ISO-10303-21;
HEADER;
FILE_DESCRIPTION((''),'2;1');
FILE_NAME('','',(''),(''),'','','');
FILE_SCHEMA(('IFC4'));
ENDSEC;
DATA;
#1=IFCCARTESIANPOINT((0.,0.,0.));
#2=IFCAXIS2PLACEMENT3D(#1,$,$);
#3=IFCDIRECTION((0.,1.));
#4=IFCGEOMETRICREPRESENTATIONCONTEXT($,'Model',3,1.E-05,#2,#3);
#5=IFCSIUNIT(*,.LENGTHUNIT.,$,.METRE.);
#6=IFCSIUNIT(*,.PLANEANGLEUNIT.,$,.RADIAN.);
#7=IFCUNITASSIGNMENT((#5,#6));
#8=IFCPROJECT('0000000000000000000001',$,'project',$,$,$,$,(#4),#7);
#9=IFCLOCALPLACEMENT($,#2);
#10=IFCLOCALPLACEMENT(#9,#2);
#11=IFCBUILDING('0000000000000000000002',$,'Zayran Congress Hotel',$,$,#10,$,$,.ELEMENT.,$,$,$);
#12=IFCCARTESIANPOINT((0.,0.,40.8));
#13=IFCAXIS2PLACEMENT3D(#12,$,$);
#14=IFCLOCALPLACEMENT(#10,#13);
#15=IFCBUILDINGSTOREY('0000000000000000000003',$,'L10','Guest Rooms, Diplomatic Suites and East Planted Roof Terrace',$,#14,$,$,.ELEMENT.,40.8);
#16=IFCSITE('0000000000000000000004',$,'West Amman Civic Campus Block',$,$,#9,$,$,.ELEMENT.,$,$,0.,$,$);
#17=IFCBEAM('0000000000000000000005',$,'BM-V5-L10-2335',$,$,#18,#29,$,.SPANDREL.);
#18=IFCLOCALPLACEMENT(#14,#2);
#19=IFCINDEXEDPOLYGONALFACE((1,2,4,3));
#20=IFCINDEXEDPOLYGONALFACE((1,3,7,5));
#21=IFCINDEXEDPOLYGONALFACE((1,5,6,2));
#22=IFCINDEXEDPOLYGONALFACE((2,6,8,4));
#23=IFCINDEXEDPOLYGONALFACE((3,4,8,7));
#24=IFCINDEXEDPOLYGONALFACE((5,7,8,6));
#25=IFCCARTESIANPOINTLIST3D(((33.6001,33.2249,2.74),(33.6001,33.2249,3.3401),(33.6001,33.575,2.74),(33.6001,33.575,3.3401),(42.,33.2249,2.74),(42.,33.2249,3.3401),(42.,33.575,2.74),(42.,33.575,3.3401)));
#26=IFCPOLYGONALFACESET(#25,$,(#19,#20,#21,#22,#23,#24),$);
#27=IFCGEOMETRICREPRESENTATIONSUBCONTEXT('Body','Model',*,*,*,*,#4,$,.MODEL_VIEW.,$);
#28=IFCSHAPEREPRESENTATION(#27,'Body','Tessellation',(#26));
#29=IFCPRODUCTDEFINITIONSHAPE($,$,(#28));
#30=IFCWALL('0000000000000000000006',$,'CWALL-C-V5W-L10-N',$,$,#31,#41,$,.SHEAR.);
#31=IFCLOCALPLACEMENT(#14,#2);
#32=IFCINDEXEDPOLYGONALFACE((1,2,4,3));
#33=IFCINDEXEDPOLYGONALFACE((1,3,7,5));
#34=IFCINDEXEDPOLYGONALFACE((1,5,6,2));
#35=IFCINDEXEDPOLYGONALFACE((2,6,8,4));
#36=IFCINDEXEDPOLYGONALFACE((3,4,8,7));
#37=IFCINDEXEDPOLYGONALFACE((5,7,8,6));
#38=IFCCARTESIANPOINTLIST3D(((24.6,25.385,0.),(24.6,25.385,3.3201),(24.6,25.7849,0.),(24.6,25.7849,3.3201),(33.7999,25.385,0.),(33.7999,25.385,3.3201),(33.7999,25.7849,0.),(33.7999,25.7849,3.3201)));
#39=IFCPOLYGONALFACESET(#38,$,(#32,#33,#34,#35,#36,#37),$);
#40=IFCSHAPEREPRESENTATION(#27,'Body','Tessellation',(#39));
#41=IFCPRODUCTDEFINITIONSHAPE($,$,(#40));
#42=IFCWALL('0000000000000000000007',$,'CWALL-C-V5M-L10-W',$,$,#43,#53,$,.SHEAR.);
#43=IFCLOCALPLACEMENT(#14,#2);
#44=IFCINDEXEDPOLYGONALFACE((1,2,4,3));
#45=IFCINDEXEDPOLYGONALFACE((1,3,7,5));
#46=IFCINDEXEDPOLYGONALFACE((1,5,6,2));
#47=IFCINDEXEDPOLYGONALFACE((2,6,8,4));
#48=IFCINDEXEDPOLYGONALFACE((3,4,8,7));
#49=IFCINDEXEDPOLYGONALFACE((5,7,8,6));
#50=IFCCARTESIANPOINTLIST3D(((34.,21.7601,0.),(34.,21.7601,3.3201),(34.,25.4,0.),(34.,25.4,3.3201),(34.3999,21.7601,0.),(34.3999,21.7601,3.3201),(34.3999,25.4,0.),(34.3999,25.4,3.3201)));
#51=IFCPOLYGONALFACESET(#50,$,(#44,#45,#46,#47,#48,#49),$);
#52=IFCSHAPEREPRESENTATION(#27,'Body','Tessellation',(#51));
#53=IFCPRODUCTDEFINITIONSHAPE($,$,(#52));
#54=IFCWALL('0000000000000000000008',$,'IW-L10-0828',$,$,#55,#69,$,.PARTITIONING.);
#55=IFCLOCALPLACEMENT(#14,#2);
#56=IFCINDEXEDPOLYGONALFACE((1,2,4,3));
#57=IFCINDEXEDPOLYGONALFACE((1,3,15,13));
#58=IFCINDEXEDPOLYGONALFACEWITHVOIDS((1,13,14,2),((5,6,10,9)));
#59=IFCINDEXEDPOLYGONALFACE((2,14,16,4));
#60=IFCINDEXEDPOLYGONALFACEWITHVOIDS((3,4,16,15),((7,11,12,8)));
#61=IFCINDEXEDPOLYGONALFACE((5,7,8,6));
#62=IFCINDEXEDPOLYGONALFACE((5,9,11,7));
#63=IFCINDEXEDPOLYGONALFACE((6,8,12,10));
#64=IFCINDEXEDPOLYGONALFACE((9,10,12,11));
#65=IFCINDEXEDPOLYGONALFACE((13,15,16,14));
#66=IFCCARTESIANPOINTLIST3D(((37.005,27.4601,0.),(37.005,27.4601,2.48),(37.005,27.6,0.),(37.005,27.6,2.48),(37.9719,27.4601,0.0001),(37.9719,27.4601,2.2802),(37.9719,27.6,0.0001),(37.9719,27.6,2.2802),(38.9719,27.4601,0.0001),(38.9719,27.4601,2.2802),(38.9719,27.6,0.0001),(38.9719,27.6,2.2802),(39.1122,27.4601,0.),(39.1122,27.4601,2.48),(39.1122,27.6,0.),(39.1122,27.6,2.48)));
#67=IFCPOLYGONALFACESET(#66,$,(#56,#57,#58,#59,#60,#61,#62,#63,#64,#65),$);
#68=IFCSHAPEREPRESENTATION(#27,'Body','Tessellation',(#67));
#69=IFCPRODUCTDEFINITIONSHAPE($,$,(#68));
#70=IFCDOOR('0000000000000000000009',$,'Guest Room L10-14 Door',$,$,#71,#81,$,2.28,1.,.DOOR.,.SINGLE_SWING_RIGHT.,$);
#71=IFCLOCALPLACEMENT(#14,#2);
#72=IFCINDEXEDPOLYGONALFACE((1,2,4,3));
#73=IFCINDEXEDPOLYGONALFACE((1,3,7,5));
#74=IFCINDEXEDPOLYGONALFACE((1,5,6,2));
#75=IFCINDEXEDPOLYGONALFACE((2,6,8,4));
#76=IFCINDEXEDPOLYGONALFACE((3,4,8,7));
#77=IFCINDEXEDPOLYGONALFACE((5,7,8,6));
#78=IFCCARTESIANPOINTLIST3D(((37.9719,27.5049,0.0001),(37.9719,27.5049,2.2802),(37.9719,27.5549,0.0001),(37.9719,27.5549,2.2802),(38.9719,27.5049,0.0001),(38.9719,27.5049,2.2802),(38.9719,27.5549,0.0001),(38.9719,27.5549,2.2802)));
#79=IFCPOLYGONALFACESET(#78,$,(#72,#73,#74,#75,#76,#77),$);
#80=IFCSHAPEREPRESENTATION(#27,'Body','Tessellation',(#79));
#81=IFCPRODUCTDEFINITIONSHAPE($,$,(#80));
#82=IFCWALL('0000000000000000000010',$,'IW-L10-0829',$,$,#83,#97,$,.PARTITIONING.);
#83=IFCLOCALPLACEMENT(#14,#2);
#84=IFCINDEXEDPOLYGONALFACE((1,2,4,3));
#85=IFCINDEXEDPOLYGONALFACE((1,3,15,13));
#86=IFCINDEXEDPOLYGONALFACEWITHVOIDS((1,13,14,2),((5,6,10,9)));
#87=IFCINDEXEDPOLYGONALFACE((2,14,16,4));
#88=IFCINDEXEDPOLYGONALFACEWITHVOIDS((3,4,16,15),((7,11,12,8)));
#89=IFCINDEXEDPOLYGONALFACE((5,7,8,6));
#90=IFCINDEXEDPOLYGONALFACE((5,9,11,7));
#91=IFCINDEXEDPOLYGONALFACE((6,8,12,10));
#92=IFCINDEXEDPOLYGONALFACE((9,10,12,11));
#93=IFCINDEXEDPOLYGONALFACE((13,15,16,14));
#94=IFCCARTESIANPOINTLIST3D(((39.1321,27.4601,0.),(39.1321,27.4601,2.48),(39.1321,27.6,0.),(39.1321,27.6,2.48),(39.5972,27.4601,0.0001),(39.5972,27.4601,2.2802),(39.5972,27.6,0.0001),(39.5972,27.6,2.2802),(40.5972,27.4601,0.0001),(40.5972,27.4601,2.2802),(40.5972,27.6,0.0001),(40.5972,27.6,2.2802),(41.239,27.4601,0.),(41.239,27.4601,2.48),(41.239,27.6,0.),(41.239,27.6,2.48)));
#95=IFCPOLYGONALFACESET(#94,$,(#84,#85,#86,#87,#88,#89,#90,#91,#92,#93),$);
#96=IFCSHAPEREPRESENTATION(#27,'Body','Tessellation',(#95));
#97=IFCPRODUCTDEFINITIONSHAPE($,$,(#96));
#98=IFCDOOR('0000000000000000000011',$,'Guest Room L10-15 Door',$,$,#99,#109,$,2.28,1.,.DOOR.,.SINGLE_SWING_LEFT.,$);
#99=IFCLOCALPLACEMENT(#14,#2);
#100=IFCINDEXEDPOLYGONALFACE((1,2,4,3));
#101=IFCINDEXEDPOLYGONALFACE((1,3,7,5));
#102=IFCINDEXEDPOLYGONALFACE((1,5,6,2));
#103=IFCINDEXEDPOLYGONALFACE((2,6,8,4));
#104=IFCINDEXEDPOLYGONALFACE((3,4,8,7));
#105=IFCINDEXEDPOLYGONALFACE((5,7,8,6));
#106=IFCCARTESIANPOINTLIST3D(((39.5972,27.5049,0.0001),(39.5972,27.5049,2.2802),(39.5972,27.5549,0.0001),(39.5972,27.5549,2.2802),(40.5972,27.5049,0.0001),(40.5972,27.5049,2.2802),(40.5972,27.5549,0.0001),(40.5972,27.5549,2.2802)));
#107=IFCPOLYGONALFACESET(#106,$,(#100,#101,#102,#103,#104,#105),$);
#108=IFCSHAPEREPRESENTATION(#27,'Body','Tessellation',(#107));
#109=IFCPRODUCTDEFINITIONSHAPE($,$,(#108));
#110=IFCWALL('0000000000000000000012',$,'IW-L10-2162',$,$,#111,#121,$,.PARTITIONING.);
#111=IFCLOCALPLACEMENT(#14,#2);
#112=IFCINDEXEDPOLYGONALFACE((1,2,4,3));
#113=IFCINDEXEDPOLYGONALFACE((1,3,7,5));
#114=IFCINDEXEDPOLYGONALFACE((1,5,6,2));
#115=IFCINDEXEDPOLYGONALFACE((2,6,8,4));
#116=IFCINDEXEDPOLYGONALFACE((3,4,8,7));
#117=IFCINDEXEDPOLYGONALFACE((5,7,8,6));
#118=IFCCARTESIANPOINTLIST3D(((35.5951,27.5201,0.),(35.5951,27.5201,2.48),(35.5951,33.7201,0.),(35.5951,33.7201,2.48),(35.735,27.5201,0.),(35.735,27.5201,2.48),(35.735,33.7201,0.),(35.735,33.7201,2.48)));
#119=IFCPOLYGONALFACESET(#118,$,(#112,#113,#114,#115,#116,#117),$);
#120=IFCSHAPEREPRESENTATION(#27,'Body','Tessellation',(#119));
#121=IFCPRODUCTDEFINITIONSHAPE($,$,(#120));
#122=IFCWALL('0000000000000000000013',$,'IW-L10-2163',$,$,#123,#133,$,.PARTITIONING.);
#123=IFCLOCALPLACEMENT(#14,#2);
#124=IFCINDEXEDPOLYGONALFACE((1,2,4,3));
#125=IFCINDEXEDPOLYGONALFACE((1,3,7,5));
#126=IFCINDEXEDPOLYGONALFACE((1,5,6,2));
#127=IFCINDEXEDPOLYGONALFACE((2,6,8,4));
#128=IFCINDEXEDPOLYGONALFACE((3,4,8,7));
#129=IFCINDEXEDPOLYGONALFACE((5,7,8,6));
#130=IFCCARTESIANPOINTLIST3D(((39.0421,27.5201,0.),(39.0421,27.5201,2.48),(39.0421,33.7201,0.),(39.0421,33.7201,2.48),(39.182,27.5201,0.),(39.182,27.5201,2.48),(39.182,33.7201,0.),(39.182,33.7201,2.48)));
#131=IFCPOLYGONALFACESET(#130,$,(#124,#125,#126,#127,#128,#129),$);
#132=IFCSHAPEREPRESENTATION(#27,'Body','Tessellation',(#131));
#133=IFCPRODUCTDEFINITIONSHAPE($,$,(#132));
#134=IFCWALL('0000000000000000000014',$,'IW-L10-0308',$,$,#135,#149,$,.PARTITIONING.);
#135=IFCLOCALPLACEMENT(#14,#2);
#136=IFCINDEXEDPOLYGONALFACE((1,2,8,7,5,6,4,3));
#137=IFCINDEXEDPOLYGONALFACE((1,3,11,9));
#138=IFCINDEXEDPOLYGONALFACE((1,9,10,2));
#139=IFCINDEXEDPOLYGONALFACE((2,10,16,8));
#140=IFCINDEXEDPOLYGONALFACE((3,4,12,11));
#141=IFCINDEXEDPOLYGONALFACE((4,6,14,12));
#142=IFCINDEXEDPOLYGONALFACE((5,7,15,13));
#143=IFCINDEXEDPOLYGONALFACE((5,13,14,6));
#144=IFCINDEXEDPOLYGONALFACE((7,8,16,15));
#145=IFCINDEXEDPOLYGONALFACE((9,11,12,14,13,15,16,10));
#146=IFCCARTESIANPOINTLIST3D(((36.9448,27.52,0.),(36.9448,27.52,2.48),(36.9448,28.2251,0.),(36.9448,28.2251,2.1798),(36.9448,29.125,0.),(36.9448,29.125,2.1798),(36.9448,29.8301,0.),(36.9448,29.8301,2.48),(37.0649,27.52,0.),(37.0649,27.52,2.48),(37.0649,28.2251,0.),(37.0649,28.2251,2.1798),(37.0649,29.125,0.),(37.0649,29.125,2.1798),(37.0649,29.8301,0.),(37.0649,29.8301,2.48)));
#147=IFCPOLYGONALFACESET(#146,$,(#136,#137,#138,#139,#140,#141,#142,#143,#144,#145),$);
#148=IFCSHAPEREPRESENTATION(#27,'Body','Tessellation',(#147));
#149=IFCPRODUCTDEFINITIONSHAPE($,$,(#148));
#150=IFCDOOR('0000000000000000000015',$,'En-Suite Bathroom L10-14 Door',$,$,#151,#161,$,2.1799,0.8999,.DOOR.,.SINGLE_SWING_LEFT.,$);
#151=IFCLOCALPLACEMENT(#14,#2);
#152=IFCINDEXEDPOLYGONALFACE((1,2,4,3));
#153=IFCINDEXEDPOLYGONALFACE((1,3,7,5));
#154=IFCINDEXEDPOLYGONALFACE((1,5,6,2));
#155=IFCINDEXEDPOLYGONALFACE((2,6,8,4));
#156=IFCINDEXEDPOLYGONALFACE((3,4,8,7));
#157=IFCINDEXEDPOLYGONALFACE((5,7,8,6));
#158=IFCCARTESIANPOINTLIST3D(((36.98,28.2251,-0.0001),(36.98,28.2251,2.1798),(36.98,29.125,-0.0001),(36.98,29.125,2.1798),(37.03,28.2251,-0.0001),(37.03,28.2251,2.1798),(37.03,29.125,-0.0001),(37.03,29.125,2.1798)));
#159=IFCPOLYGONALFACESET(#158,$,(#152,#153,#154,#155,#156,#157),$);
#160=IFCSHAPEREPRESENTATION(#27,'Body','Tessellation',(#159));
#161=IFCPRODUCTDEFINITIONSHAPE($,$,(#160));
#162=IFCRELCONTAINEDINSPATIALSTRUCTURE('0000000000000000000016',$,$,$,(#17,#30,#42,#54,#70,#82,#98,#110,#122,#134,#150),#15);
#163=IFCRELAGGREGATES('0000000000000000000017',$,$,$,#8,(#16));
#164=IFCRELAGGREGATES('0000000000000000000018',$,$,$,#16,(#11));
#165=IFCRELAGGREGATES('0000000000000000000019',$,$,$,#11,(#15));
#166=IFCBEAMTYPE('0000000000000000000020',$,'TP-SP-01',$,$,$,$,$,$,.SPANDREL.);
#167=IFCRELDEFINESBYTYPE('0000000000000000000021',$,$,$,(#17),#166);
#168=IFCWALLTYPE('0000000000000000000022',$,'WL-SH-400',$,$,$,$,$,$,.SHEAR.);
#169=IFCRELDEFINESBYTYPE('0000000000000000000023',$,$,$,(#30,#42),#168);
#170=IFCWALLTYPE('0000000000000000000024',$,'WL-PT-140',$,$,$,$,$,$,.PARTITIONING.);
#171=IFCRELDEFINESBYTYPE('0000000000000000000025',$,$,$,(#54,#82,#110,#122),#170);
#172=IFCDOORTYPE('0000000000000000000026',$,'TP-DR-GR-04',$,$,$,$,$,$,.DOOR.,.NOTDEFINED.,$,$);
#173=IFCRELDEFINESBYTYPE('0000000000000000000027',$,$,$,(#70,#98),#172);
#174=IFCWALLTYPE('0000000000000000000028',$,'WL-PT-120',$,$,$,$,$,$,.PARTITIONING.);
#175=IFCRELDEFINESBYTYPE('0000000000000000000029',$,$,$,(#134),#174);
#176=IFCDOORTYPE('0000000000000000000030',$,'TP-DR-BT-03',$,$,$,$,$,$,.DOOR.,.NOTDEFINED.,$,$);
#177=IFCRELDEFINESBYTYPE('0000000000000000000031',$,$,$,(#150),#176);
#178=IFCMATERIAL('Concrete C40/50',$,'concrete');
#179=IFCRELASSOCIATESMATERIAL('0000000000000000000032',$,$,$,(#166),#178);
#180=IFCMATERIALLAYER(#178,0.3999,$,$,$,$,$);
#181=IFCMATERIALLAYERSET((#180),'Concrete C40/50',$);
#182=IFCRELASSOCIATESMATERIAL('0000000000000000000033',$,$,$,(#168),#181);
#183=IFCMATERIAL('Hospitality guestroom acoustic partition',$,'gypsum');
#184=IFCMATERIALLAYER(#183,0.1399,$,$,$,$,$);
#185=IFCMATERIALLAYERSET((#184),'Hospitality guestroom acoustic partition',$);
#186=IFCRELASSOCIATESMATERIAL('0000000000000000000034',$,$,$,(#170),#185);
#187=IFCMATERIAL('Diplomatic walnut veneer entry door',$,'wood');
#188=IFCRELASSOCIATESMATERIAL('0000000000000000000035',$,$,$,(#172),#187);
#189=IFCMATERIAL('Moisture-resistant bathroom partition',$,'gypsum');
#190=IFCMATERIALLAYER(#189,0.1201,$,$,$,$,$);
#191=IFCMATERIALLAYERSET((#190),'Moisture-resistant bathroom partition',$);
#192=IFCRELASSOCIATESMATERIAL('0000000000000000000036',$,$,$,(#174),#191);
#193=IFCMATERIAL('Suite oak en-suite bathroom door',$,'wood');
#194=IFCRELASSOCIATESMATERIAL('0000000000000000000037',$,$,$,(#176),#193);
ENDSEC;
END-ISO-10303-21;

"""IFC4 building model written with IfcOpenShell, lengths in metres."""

from ifc_helpers import new_model, si_unit, direction, frame, frame_2d, origin, origin_2d, place, context, subcontext, project, spatial, rectangle, extrude, material, layer, layer_set, material_profile, profile_set, type_object, element, fill, save


model = new_model("IFC4")

# Units and contexts
model_context = context("Model", 3, precision=1e-05, world=origin(), true_north=direction((0.0, 1.0)))
body_context = subcontext(model_context, "Body", "Model", "MODEL_VIEW")
ifc_project = project(units=[si_unit("LENGTHUNIT", "METRE"), si_unit("PLANEANGLEUNIT", "RADIAN")], contexts=[model_context])

# Site, building, storey
site_placement = place(None, origin())
site = spatial("IfcSite", under=ifc_project, at=site_placement, Name="West Amman Civic Campus Block", CompositionType="ELEMENT", RefElevation=0.0)
building_placement = place(site_placement, origin())
building = spatial("IfcBuilding", under=site, at=building_placement, Name="Zayran Congress Hotel", CompositionType="ELEMENT")
storey_placement = place(building_placement, frame((0.0, 0.0, 40.8)))
storey = spatial("IfcBuildingStorey", under=building, at=storey_placement, Name="L10", Description="Guest Rooms, Diplomatic Suites and East Planted Roof Terrace", CompositionType="ELEMENT", Elevation=40.8)

# Beam
ifc_material_1 = material(Name="Concrete C40/50", Category="concrete")
ifc_material_profile = material_profile(ifc_material_1, rectangle(XDim=0.3501, YDim=0.6001, at=origin_2d()), Name="RC 350x600")
ifc_profile_set = profile_set([ifc_material_profile], Name="Concrete C40/50")
beam_type = type_object("IfcBeamType", Name="TP-SP-01", PredefinedType="SPANDREL", material=ifc_profile_set)
beam_placement = place(storey_placement, frame((33.6001, 33.3999, 3.04), z_axis=(1.0, 0.0, 0.0), x_axis=(0.0, 1.0, 0.0)))
element("IfcBeam", 1, at=beam_placement, inside=storey, type_object=beam_type, Name="BM-V5-L10-2335", PredefinedType="SPANDREL", context=body_context, shape_type="SweptSolid", body=[
    extrude(rectangle(XDim=0.3501, YDim=0.6001, at=origin_2d()), origin(), (0.0, 0.0, 1.0), 8.3999),
])

# Walls
ifc_layer_1 = layer(ifc_material_1, 0.3999)
ifc_layer_set_1 = layer_set([ifc_layer_1], Name="Concrete C40/50")
wall_type_1 = type_object("IfcWallType", Name="WL-SH-400", PredefinedType="SHEAR", material=ifc_layer_set_1)
wall_1_placement = place(storey_placement, frame((33.8, 25.585, 0.0), z_axis=(0.0, 0.0, 1.0), x_axis=(-1.0, 0.0, 0.0)))
element("IfcWall", 2, at=wall_1_placement, inside=storey, type_object=wall_type_1, Name="CWALL-C-V5W-L10-N", PredefinedType="SHEAR", context=body_context, shape_type="SweptSolid", body=[
    extrude(rectangle(XDim=9.2, YDim=0.3999, at=frame_2d((4.6001, 0.0))), origin(), (0.0, 0.0, 1.0), 3.3201),
])
wall_2_placement = place(storey_placement, frame((34.2, 25.3999, 0.0), z_axis=(0.0, 0.0, 1.0), x_axis=(0.0, -1.0, 0.0)))
element("IfcWall", 3, at=wall_2_placement, inside=storey, type_object=wall_type_1, Name="CWALL-C-V5M-L10-W", PredefinedType="SHEAR", context=body_context, shape_type="SweptSolid", body=[
    extrude(rectangle(XDim=3.6399, YDim=0.3999, at=frame_2d((1.8198, 0.0))), origin(), (0.0, 0.0, 1.0), 3.3201),
])

# Walls, openings, doors
ifc_material_2 = material(Name="Hospitality guestroom acoustic partition", Category="gypsum")
ifc_layer_2 = layer(ifc_material_2, 0.1399)
ifc_layer_set_2 = layer_set([ifc_layer_2], Name="Hospitality guestroom acoustic partition")
wall_type_2 = type_object("IfcWallType", Name="WL-PT-140", PredefinedType="PARTITIONING", material=ifc_layer_set_2)
wall_3_placement = place(storey_placement, frame((37.0049, 27.53, 0.0), z_axis=(0.0, 0.0, 1.0), x_axis=(1.0, 0.0, 0.0)))
wall_3 = element("IfcWall", 4, at=wall_3_placement, inside=storey, type_object=wall_type_2, Name="IW-L10-0828", PredefinedType="PARTITIONING", context=body_context, shape_type="SweptSolid", body=[
    extrude(rectangle(XDim=2.1072, YDim=0.1399, at=frame_2d((1.0537, 0.0))), origin(), (0.0, 0.0, 1.0), 2.48),
])
opening_1_placement = place(wall_3_placement, frame((0.967, 0.0, 0.0)))
opening_1 = element("IfcOpeningElement", 5, at=opening_1_placement, cuts=wall_3, PredefinedType="OPENING", context=body_context, shape_type="SweptSolid", body=[
    extrude(rectangle(XDim=1.0, YDim=2.28, at=frame_2d((0.5, 1.1401))), frame((0.0, 0.0798, 0.0), z_axis=(0.0, -1.0, 0.0), x_axis=(1.0, 0.0, 0.0)), (0.0, 0.0, 1.0), 0.1599),
])
ifc_material_3 = material(Name="Diplomatic walnut veneer entry door", Category="wood")
door_type_1 = type_object("IfcDoorType", Name="TP-DR-GR-04", OperationType="NOTDEFINED", PredefinedType="DOOR", material=ifc_material_3)
door_1_placement = place(opening_1_placement, origin())
door_1 = element("IfcDoor", 6, at=door_1_placement, inside=storey, type_object=door_type_1, Name="Guest Room L10-14 Door", OperationType="SINGLE_SWING_RIGHT", OverallHeight=2.28, OverallWidth=1.0, PredefinedType="DOOR", context=body_context, shape_type="SweptSolid", body=[
    extrude(rectangle(XDim=1.0, YDim=2.28, at=frame_2d((0.5, 1.1401))), frame((0.0, 0.0249, 0.0), z_axis=(0.0, -1.0, 0.0), x_axis=(1.0, 0.0, 0.0)), (0.0, 0.0, 1.0), 0.05),
])
fill(opening_1, door_1)
wall_4_placement = place(storey_placement, frame((39.1321, 27.53, 0.0), z_axis=(0.0, 0.0, 1.0), x_axis=(1.0, 0.0, 0.0)))
wall_4 = element("IfcWall", 7, at=wall_4_placement, inside=storey, type_object=wall_type_2, Name="IW-L10-0829", PredefinedType="PARTITIONING", context=body_context, shape_type="SweptSolid", body=[
    extrude(rectangle(XDim=2.1069, YDim=0.1399, at=frame_2d((1.0535, 0.0))), origin(), (0.0, 0.0, 1.0), 2.48),
])
opening_2_placement = place(wall_4_placement, frame((0.4651, 0.0, 0.0)))
opening_2 = element("IfcOpeningElement", 8, at=opening_2_placement, cuts=wall_4, PredefinedType="OPENING", context=body_context, shape_type="SweptSolid", body=[
    extrude(rectangle(XDim=1.0, YDim=2.28, at=frame_2d((0.5, 1.1401))), frame((0.0, 0.0798, 0.0), z_axis=(0.0, -1.0, 0.0), x_axis=(1.0, 0.0, 0.0)), (0.0, 0.0, 1.0), 0.1599),
])
door_2_placement = place(opening_2_placement, origin())
door_2 = element("IfcDoor", 9, at=door_2_placement, inside=storey, type_object=door_type_1, Name="Guest Room L10-15 Door", OperationType="SINGLE_SWING_LEFT", OverallHeight=2.28, OverallWidth=1.0, PredefinedType="DOOR", context=body_context, shape_type="SweptSolid", body=[
    extrude(rectangle(XDim=1.0, YDim=2.28, at=frame_2d((0.5, 1.1401))), frame((0.0, 0.0249, 0.0), z_axis=(0.0, -1.0, 0.0), x_axis=(1.0, 0.0, 0.0)), (0.0, 0.0, 1.0), 0.05),
])
fill(opening_2, door_2)

# Walls
for number, where, z_axis, x_axis, name in (
    (10, (35.665, 27.52, 0.0), (0.0, 0.0, 1.0), (0.0, 1.0, 0.0), "IW-L10-2162"),
    (11, (39.1121, 27.52, 0.0), (0.0, 0.0, 1.0), (0.0, 1.0, 0.0), "IW-L10-2163"),
):
    element("IfcWall", number, at=place(storey_placement, frame(where, z_axis=z_axis, x_axis=x_axis)), inside=storey, type_object=wall_type_2, Name=name, PredefinedType="PARTITIONING", context=body_context, shape_type="SweptSolid", body=[
        extrude(rectangle(XDim=6.2, YDim=0.1399, at=frame_2d((3.1001, 0.0))), origin(), (0.0, 0.0, 1.0), 2.48),
    ])

# Wall, opening, door
ifc_material_4 = material(Name="Moisture-resistant bathroom partition", Category="gypsum")
ifc_layer_3 = layer(ifc_material_4, 0.1201)
ifc_layer_set_3 = layer_set([ifc_layer_3], Name="Moisture-resistant bathroom partition")
wall_type_3 = type_object("IfcWallType", Name="WL-PT-120", PredefinedType="PARTITIONING", material=ifc_layer_set_3)
wall_5_placement = place(storey_placement, frame((37.0049, 27.52, 0.0), z_axis=(0.0, 0.0, 1.0), x_axis=(0.0, 1.0, 0.0)))
wall_5 = element("IfcWall", 12, at=wall_5_placement, inside=storey, type_object=wall_type_3, Name="IW-L10-0308", PredefinedType="PARTITIONING", context=body_context, shape_type="SweptSolid", body=[
    extrude(rectangle(XDim=2.3101, YDim=0.1201, at=frame_2d((1.155, 0.0))), origin(), (0.0, 0.0, 1.0), 2.48),
])
opening_3_placement = place(wall_5_placement, frame((0.7051, 0.0, 0.0)))
opening_3 = element("IfcOpeningElement", 13, at=opening_3_placement, cuts=wall_5, PredefinedType="OPENING", context=body_context, shape_type="SweptSolid", body=[
    extrude(rectangle(XDim=0.8999, YDim=2.1799, at=frame_2d((0.45, 1.0898))), frame((0.0, 0.0701, 0.0), z_axis=(0.0, -1.0, 0.0), x_axis=(1.0, 0.0, 0.0)), (0.0, 0.0, 1.0), 0.1401),
])
ifc_material_5 = material(Name="Suite oak en-suite bathroom door", Category="wood")
door_type_2 = type_object("IfcDoorType", Name="TP-DR-BT-03", OperationType="NOTDEFINED", PredefinedType="DOOR", material=ifc_material_5)
door_3_placement = place(opening_3_placement, origin())
door_3 = element("IfcDoor", 14, at=door_3_placement, inside=storey, type_object=door_type_2, Name="En-Suite Bathroom L10-14 Door", OperationType="SINGLE_SWING_LEFT", OverallHeight=2.1799, OverallWidth=0.8999, PredefinedType="DOOR", context=body_context, shape_type="SweptSolid", body=[
    extrude(rectangle(XDim=0.8999, YDim=2.1799, at=frame_2d((0.45, 1.0898))), frame((0.0, 0.0249, 0.0), z_axis=(0.0, -1.0, 0.0), x_axis=(1.0, 0.0, 0.0)), (0.0, 0.0, 1.0), 0.05),
])
fill(opening_3, door_3)

save(model, "model.ifc")
